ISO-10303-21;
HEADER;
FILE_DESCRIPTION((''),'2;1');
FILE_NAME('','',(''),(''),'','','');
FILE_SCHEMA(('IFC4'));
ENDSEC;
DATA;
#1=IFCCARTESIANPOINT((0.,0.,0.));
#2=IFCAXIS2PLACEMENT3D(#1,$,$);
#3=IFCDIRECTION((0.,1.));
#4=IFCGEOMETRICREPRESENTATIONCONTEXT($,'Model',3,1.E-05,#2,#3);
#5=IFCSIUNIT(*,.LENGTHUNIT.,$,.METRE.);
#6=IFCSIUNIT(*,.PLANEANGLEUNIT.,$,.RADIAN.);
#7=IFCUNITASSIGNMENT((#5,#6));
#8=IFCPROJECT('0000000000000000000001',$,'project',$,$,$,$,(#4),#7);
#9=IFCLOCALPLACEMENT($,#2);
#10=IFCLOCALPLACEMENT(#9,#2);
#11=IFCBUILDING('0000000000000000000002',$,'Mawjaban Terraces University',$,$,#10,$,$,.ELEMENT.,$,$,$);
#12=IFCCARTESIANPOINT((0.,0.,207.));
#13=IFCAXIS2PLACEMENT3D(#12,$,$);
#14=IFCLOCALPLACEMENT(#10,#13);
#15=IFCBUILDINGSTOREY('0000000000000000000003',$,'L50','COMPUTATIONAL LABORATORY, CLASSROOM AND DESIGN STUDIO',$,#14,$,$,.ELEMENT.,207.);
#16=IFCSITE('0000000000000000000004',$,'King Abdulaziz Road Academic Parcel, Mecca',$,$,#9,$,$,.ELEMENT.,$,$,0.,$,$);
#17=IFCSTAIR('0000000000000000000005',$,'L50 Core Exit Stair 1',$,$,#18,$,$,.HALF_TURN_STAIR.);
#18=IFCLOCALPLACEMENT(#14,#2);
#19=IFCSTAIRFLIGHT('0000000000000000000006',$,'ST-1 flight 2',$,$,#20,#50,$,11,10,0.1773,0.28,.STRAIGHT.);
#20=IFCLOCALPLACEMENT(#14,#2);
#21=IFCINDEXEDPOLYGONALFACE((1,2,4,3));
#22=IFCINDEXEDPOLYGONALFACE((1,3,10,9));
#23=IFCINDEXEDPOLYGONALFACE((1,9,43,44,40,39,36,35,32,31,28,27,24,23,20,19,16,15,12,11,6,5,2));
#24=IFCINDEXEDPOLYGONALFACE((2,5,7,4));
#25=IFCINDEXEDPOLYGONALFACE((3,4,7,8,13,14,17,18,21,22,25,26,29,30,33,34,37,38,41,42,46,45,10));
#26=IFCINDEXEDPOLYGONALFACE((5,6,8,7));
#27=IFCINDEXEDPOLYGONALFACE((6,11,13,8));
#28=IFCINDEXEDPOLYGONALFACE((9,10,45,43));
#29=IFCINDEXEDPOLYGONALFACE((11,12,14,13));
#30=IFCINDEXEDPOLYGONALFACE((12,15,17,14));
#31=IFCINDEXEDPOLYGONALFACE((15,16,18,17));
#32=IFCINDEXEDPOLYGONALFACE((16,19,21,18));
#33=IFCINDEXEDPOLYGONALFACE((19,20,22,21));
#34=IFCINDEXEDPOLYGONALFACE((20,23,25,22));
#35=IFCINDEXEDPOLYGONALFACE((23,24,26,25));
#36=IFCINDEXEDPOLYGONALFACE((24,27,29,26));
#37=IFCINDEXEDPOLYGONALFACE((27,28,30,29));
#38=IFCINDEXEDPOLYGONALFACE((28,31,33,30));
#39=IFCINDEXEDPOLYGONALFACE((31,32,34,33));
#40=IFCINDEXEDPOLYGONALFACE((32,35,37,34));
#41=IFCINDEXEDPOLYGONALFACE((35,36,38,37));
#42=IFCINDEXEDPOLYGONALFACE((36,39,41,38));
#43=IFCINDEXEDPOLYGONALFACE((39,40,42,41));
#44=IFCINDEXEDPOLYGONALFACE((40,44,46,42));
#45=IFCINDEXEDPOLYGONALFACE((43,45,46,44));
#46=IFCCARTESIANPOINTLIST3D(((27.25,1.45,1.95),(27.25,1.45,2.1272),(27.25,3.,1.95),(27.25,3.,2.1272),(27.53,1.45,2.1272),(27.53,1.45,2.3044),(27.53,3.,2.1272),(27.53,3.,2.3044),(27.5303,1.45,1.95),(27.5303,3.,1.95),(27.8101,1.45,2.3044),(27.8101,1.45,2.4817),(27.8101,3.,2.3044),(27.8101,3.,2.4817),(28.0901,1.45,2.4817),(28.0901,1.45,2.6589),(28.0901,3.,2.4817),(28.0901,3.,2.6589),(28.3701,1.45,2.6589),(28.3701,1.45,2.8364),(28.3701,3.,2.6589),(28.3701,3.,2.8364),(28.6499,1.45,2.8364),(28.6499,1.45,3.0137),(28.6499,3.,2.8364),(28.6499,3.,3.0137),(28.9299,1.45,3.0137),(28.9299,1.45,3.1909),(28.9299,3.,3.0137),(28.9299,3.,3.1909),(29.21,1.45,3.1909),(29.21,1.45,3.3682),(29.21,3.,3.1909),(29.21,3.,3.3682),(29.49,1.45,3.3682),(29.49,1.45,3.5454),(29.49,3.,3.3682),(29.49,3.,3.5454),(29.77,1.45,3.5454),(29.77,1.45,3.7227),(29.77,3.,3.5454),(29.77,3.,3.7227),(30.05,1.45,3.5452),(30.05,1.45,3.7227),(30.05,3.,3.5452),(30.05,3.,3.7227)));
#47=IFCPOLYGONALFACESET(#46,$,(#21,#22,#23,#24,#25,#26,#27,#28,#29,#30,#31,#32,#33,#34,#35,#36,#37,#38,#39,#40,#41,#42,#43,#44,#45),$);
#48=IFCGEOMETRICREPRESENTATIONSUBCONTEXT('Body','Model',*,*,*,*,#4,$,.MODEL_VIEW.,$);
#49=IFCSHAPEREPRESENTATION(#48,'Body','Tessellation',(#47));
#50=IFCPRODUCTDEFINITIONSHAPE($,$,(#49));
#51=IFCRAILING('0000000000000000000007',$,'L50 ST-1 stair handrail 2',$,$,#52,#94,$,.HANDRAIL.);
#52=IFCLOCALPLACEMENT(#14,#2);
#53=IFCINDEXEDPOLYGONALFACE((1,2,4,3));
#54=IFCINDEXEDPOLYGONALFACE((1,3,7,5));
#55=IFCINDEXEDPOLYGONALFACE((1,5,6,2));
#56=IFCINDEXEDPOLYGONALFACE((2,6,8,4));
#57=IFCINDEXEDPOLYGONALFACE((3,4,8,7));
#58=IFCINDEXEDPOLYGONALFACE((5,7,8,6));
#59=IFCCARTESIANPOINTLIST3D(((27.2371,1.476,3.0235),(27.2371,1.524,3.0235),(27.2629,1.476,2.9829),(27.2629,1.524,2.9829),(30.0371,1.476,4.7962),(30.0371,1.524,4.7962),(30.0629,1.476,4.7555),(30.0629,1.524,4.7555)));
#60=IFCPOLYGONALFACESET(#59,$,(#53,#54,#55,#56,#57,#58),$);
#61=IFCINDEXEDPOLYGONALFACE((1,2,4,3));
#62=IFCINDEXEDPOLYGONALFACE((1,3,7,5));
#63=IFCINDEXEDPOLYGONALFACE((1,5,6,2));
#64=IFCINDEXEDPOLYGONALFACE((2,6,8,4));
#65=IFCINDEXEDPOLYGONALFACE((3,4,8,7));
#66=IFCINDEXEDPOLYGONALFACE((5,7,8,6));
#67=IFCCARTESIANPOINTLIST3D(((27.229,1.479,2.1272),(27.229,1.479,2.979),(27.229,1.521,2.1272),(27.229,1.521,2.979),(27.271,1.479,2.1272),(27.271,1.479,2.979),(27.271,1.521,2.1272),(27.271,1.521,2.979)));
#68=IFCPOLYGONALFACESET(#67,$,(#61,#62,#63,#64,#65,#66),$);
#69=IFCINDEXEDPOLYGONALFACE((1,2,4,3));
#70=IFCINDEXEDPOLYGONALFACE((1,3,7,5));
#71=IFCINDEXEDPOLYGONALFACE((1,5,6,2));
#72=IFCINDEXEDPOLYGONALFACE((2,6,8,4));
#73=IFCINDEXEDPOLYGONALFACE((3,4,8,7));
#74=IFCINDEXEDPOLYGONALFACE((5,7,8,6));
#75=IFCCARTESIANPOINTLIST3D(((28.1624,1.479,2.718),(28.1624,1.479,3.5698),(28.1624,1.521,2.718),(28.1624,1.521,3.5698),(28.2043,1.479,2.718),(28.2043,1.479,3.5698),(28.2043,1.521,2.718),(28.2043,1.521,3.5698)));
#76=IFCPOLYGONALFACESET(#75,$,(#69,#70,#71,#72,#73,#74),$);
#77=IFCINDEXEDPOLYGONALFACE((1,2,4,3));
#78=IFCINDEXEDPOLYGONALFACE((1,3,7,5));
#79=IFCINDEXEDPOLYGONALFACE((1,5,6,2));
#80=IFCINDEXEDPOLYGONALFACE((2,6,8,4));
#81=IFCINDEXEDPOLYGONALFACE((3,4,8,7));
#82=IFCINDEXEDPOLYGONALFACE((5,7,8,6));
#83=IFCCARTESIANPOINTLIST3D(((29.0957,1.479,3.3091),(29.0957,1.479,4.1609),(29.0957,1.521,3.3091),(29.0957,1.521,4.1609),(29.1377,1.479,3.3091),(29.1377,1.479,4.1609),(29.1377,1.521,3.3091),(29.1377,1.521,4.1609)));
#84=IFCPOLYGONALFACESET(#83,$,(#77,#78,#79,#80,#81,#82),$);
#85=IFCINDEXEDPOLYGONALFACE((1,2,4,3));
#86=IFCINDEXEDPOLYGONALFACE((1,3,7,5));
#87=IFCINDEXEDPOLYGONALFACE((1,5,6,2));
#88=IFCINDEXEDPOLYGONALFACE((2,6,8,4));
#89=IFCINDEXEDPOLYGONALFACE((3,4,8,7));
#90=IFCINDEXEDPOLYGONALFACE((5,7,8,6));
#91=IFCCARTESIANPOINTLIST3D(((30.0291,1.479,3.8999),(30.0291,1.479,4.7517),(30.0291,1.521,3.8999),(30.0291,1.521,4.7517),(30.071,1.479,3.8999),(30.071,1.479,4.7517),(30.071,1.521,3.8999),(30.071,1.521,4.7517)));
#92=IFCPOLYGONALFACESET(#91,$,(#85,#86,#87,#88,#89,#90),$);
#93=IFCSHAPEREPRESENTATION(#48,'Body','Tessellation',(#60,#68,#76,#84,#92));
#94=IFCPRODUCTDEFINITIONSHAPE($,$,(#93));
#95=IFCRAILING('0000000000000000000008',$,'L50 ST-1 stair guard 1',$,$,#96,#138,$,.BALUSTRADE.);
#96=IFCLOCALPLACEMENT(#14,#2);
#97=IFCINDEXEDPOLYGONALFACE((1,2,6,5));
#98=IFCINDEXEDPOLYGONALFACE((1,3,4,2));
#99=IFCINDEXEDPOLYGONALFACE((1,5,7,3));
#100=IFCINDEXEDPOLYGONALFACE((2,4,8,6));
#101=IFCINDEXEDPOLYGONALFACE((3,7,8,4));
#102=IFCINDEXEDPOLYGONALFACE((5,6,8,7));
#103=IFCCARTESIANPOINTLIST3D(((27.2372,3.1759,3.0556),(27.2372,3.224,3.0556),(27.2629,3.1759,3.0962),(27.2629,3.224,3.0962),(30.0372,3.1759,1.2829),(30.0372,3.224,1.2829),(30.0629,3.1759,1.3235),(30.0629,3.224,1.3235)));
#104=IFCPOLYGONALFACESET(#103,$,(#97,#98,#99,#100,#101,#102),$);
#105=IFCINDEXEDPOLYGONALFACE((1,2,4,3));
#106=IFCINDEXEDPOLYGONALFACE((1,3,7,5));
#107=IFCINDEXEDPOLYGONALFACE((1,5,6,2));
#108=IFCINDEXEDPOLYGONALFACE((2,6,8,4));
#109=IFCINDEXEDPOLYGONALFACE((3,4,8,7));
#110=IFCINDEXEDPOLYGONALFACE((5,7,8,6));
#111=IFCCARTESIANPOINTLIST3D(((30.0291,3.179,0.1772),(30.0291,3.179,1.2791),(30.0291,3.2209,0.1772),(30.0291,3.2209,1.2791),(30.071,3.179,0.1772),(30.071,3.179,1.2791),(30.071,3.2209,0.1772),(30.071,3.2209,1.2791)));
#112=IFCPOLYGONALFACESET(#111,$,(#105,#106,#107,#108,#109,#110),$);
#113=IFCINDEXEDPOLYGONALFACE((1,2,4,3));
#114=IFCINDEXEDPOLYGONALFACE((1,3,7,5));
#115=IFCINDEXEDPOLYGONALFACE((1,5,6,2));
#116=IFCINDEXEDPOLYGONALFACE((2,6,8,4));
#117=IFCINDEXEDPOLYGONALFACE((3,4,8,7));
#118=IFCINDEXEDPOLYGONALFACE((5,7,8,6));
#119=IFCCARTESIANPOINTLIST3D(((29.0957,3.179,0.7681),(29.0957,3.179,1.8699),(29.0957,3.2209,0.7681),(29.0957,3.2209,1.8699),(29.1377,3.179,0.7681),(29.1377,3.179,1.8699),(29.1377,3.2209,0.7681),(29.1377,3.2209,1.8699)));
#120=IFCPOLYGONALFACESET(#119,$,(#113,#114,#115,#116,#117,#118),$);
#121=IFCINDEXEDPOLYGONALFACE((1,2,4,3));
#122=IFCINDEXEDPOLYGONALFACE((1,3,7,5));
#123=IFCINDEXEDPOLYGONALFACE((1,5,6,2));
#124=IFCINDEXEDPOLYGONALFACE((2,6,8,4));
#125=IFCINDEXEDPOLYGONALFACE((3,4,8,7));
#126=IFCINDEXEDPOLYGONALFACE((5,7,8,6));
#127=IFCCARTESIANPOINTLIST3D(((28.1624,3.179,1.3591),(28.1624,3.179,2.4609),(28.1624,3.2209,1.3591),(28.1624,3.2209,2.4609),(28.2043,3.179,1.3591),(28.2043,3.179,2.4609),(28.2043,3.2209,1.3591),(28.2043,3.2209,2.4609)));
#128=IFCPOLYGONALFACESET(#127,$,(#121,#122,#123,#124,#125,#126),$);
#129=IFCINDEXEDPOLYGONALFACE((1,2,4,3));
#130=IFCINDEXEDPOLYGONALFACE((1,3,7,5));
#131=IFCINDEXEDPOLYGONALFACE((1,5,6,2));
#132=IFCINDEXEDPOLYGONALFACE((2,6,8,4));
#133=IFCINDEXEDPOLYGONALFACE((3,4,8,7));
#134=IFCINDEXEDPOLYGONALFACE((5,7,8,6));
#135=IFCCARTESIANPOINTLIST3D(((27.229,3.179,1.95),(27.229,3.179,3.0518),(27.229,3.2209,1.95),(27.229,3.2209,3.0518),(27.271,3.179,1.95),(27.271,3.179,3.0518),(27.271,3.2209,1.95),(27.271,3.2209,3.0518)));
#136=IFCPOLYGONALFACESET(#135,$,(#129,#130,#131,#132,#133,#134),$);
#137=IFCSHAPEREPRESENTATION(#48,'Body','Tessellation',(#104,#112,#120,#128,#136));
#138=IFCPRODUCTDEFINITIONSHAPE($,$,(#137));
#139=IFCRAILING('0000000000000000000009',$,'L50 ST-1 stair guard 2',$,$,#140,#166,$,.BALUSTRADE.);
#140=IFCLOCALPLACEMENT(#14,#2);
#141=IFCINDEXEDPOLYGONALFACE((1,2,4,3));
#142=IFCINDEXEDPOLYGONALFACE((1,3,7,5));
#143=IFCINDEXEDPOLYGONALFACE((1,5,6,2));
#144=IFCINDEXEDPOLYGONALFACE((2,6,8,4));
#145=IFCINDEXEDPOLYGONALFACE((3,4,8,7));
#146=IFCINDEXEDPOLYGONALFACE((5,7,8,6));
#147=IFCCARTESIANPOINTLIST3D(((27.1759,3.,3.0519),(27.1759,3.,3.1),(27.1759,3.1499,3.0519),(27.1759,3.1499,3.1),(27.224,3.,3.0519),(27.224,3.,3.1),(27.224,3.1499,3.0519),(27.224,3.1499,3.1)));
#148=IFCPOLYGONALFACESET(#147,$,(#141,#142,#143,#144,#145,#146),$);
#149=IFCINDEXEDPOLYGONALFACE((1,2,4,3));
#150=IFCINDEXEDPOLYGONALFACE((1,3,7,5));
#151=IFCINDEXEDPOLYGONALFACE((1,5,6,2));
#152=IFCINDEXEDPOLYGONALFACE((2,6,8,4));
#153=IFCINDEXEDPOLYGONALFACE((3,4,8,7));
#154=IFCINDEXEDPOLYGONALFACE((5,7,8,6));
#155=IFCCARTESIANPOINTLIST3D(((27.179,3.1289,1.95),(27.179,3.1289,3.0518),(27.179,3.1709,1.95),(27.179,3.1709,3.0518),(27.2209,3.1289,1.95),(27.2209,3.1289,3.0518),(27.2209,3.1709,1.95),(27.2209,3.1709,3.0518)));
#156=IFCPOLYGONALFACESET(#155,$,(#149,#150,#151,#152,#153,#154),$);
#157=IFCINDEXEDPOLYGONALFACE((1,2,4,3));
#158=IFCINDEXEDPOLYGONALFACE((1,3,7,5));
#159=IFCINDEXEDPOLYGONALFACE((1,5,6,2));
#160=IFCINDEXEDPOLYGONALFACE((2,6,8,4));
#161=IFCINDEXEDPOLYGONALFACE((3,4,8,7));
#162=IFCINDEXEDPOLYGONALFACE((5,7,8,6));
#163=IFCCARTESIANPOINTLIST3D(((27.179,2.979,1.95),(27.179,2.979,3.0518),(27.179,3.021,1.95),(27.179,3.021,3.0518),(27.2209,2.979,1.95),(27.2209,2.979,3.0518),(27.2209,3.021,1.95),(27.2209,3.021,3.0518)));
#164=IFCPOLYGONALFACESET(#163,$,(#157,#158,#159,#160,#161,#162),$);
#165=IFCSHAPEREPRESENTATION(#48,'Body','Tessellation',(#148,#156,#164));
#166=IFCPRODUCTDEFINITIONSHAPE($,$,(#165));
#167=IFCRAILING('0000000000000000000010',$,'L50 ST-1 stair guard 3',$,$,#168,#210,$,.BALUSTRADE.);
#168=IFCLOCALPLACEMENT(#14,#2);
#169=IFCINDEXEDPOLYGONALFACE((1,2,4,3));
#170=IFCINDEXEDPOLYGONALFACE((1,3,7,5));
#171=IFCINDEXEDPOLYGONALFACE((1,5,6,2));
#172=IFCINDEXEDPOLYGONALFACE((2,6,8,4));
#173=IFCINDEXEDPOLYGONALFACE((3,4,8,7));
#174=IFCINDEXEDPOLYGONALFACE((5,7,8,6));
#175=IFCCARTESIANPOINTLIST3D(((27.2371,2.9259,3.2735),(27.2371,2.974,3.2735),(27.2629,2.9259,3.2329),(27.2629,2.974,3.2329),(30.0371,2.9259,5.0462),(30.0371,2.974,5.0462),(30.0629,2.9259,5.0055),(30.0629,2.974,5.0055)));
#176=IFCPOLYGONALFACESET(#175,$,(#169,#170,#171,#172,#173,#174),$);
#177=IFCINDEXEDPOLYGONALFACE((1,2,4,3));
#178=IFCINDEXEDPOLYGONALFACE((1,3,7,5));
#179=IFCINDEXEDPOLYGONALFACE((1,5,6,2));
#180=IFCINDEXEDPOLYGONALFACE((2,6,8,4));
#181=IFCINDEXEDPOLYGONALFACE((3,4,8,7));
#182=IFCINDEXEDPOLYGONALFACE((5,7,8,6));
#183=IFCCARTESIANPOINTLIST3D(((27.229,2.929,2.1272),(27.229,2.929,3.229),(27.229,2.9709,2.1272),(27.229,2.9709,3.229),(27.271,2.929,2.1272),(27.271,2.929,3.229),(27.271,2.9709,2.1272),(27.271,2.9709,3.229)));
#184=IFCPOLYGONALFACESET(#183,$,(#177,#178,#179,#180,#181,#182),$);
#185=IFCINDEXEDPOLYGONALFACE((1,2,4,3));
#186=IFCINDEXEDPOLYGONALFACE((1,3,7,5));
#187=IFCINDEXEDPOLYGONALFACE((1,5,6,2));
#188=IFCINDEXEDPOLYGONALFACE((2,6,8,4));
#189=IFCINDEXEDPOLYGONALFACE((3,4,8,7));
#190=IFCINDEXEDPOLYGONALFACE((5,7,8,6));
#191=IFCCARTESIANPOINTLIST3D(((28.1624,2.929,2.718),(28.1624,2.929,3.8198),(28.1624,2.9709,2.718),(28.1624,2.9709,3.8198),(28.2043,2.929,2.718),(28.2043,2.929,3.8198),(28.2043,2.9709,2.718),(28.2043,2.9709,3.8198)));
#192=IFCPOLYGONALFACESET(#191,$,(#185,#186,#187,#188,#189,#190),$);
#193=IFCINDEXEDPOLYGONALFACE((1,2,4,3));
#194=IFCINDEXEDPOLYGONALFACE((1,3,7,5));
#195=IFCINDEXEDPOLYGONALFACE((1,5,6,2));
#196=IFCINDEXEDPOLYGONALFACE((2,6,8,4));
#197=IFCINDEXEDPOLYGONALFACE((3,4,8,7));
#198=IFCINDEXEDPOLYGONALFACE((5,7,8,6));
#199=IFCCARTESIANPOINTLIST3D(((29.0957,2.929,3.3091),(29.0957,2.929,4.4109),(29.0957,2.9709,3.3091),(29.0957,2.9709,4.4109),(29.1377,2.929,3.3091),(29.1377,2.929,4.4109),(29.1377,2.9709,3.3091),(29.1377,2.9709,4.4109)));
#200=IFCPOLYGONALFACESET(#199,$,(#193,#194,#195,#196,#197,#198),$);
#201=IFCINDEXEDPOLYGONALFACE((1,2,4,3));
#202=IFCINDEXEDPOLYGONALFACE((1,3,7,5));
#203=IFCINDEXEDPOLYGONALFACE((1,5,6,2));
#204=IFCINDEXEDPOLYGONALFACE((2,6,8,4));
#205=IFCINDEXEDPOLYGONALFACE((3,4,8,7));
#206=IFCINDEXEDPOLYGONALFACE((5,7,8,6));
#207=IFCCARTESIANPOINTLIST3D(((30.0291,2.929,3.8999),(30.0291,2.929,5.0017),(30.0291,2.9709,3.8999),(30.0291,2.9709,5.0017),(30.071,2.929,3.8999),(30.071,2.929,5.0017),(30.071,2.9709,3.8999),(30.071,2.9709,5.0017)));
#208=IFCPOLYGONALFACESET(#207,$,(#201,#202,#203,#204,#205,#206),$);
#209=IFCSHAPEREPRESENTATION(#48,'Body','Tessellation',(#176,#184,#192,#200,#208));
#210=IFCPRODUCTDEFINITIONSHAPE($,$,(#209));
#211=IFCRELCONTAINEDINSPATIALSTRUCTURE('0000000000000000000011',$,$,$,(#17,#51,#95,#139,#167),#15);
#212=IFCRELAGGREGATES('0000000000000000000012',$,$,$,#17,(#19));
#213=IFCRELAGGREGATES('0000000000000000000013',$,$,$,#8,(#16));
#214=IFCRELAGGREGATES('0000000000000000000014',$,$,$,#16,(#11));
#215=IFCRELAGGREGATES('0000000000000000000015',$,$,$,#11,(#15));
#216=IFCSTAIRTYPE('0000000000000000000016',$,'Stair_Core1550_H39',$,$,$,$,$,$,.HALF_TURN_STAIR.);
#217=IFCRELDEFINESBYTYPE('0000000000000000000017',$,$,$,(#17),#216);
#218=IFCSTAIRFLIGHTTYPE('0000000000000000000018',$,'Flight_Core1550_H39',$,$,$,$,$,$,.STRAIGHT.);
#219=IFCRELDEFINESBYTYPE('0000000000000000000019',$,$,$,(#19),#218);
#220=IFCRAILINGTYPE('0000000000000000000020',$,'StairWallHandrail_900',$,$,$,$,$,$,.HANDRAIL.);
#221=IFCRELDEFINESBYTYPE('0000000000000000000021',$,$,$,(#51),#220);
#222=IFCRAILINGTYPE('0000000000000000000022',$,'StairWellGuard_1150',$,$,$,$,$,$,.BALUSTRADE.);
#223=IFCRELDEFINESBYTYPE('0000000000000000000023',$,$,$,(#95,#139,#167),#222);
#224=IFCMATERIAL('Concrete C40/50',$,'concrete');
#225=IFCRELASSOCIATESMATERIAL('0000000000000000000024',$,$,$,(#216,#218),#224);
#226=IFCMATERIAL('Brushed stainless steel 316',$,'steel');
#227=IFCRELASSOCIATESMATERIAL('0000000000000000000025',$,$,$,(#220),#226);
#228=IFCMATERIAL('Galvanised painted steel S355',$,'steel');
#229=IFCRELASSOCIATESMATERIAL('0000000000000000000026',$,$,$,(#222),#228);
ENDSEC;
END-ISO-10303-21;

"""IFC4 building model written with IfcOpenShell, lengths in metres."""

from ifc_helpers import new_model, si_unit, direction, frame, origin, origin_2d, place, context, subcontext, project, spatial, polyline, rectangle, outline, extrude, material, type_object, element, aggregate, save


model = new_model("IFC4")

# Units and contexts
model_context = context("Model", 3, precision=1e-05, world=origin(), true_north=direction((0.0, 1.0)))
body_context = subcontext(model_context, "Body", "Model", "MODEL_VIEW")
ifc_project = project(units=[si_unit("LENGTHUNIT", "METRE"), si_unit("PLANEANGLEUNIT", "RADIAN")], contexts=[model_context])

# Site, building, storey
site_placement = place(None, origin())
site = spatial("IfcSite", under=ifc_project, at=site_placement, Name="King Abdulaziz Road Academic Parcel, Mecca", CompositionType="ELEMENT", RefElevation=0.0)
building_placement = place(site_placement, origin())
building = spatial("IfcBuilding", under=site, at=building_placement, Name="Mawjaban Terraces University", CompositionType="ELEMENT")
storey_placement = place(building_placement, frame((0.0, 0.0, 207.0)))
storey = spatial("IfcBuildingStorey", under=building, at=storey_placement, Name="L50", Description="COMPUTATIONAL LABORATORY, CLASSROOM AND DESIGN STUDIO", CompositionType="ELEMENT", Elevation=207.0)

# Shared definitions
ifc_material_1 = material(Name="Concrete C40/50", Category="concrete")

# Stair, stair flight
stair_type = type_object("IfcStairType", Name="Stair_Core1550_H39", PredefinedType="HALF_TURN_STAIR", material=ifc_material_1)
stair_placement = place(storey_placement, origin())
stair = element("IfcStair", 1, at=stair_placement, inside=storey, type_object=stair_type, Name="L50 Core Exit Stair 1", PredefinedType="HALF_TURN_STAIR")
stair_flight_type = type_object("IfcStairFlightType", Name="Flight_Core1550_H39", PredefinedType="STRAIGHT", material=ifc_material_1)
stair_flight_1_placement = place(storey_placement, frame((27.25, 2.2251, 1.95), z_axis=(0.0, 0.0, 1.0), x_axis=(1.0, 0.0, 0.0)))
stair_flight_1 = element("IfcStairFlight", 2, at=stair_flight_1_placement, type_object=stair_flight_type, Name="ST-1 flight 2", NumberOfRisers=11, NumberOfTreads=10, PredefinedType="STRAIGHT", RiserHeight=0.1773, TreadLength=0.28, context=body_context, shape_type="SweptSolid", body=[
    extrude(outline(polyline([(0.0, 0.0), (0.0, 0.1772), (0.28, 0.1772), (0.28, 0.3545), (0.5601, 0.3545), (0.5601, 0.5317), (0.8401, 0.5317), (0.8401, 0.709), (1.1201, 0.709), (1.1201, 0.8865), (1.3999, 0.8865), (1.3999, 1.0637), (1.6799, 1.0637), (1.6799, 1.241), (1.96, 1.241), (1.96, 1.4182), (2.24, 1.4182), (2.24, 1.5955), (2.52, 1.5955), (2.52, 1.7727), (2.8, 1.7727), (2.8, 1.95), (2.8, 1.5952), (0.2803, 0.0), (0.0, 0.0)])), frame((0.0, 0.7749, 0.0), z_axis=(0.0, -1.0, 0.0), x_axis=(1.0, 0.0, 0.0)), (0.0, 0.0, 1.0), 1.55),
])
aggregate(stair, [stair_flight_1])

# Railings
ifc_material_2 = material(Name="Brushed stainless steel 316", Category="steel")
railing_type_1 = type_object("IfcRailingType", Name="StairWallHandrail_900", PredefinedType="HANDRAIL", material=ifc_material_2)
railing_1_placement = place(storey_placement, frame((27.25, 1.5, 2.1272)))
element("IfcRailing", 3, at=railing_1_placement, inside=storey, type_object=railing_type_1, Name="L50 ST-1 stair handrail 2", PredefinedType="HANDRAIL", context=body_context, shape_type="SweptSolid", body=[
    extrude(rectangle(XDim=0.0481, YDim=0.0481, at=origin_2d()), frame((0.0, 0.0, 0.876), z_axis=(0.844909, 0.0, 0.53491), x_axis=(0.0, 1.0, 0.0)), (0.0, 0.0, 1.0), 3.314),
    extrude(rectangle(XDim=0.042, YDim=0.042, at=origin_2d()), origin(), (0.0, 0.0, 1.0), 0.8518),
    extrude(rectangle(XDim=0.042, YDim=0.042, at=origin_2d()), frame((0.9333, 0.0, 0.5908)), (0.0, 0.0, 1.0), 0.8518),
    extrude(rectangle(XDim=0.042, YDim=0.042, at=origin_2d()), frame((1.8667, 0.0, 1.1819)), (0.0, 0.0, 1.0), 0.8518),
    extrude(rectangle(XDim=0.042, YDim=0.042, at=origin_2d()), frame((2.8, 0.0, 1.7727)), (0.0, 0.0, 1.0), 0.8518),
])
ifc_material_3 = material(Name="Galvanised painted steel S355", Category="steel")
railing_type_2 = type_object("IfcRailingType", Name="StairWellGuard_1150", PredefinedType="BALUSTRADE", material=ifc_material_3)
railing_2_placement = place(storey_placement, frame((30.05, 3.2, 0.1772)))
element("IfcRailing", 4, at=railing_2_placement, inside=storey, type_object=railing_type_2, Name="L50 ST-1 stair guard 1", PredefinedType="BALUSTRADE", context=body_context, shape_type="SweptSolid", body=[
    extrude(rectangle(XDim=0.0481, YDim=0.0481, at=origin_2d()), frame((0.0, 0.0, 1.126), z_axis=(-0.844909, 0.0, 0.53491), x_axis=(0.0, -1.0, 0.0)), (0.0, 0.0, 1.0), 3.314),
    extrude(rectangle(XDim=0.042, YDim=0.042, at=origin_2d()), origin(), (0.0, 0.0, 1.0), 1.1018),
    extrude(rectangle(XDim=0.042, YDim=0.042, at=origin_2d()), frame((-0.9333, 0.0, 0.5908)), (0.0, 0.0, 1.0), 1.1018),
    extrude(rectangle(XDim=0.042, YDim=0.042, at=origin_2d()), frame((-1.8667, 0.0, 1.1819)), (0.0, 0.0, 1.0), 1.1018),
    extrude(rectangle(XDim=0.042, YDim=0.042, at=origin_2d()), frame((-2.8, 0.0, 1.7727)), (0.0, 0.0, 1.0), 1.1018),
])
railing_3_placement = place(storey_placement, frame((27.2, 3.1499, 1.95)))
element("IfcRailing", 5, at=railing_3_placement, inside=storey, type_object=railing_type_2, Name="L50 ST-1 stair guard 2", PredefinedType="BALUSTRADE", context=body_context, shape_type="SweptSolid", body=[
    extrude(rectangle(XDim=0.0481, YDim=0.0481, at=origin_2d()), frame((0.0, 0.0, 1.126), z_axis=(0.0, -1.0, 0.0), x_axis=(1.0, 0.0, 0.0)), (0.0, 0.0, 1.0), 0.1499),
    extrude(rectangle(XDim=0.042, YDim=0.042, at=origin_2d()), origin(), (0.0, 0.0, 1.0), 1.1018),
    extrude(rectangle(XDim=0.042, YDim=0.042, at=origin_2d()), frame((0.0, -0.1499, 0.0)), (0.0, 0.0, 1.0), 1.1018),
])
railing_4_placement = place(storey_placement, frame((27.25, 2.95, 2.1272)))
element("IfcRailing", 6, at=railing_4_placement, inside=storey, type_object=railing_type_2, Name="L50 ST-1 stair guard 3", PredefinedType="BALUSTRADE", context=body_context, shape_type="SweptSolid", body=[
    extrude(rectangle(XDim=0.0481, YDim=0.0481, at=origin_2d()), frame((0.0, 0.0, 1.126), z_axis=(0.844909, 0.0, 0.53491), x_axis=(0.0, 1.0, 0.0)), (0.0, 0.0, 1.0), 3.314),
    extrude(rectangle(XDim=0.042, YDim=0.042, at=origin_2d()), origin(), (0.0, 0.0, 1.0), 1.1018),
    extrude(rectangle(XDim=0.042, YDim=0.042, at=origin_2d()), frame((0.9333, 0.0, 0.5908)), (0.0, 0.0, 1.0), 1.1018),
    extrude(rectangle(XDim=0.042, YDim=0.042, at=origin_2d()), frame((1.8667, 0.0, 1.1819)), (0.0, 0.0, 1.0), 1.1018),
    extrude(rectangle(XDim=0.042, YDim=0.042, at=origin_2d()), frame((2.8, 0.0, 1.7727)), (0.0, 0.0, 1.0), 1.1018),
])

save(model, "model.ifc")
